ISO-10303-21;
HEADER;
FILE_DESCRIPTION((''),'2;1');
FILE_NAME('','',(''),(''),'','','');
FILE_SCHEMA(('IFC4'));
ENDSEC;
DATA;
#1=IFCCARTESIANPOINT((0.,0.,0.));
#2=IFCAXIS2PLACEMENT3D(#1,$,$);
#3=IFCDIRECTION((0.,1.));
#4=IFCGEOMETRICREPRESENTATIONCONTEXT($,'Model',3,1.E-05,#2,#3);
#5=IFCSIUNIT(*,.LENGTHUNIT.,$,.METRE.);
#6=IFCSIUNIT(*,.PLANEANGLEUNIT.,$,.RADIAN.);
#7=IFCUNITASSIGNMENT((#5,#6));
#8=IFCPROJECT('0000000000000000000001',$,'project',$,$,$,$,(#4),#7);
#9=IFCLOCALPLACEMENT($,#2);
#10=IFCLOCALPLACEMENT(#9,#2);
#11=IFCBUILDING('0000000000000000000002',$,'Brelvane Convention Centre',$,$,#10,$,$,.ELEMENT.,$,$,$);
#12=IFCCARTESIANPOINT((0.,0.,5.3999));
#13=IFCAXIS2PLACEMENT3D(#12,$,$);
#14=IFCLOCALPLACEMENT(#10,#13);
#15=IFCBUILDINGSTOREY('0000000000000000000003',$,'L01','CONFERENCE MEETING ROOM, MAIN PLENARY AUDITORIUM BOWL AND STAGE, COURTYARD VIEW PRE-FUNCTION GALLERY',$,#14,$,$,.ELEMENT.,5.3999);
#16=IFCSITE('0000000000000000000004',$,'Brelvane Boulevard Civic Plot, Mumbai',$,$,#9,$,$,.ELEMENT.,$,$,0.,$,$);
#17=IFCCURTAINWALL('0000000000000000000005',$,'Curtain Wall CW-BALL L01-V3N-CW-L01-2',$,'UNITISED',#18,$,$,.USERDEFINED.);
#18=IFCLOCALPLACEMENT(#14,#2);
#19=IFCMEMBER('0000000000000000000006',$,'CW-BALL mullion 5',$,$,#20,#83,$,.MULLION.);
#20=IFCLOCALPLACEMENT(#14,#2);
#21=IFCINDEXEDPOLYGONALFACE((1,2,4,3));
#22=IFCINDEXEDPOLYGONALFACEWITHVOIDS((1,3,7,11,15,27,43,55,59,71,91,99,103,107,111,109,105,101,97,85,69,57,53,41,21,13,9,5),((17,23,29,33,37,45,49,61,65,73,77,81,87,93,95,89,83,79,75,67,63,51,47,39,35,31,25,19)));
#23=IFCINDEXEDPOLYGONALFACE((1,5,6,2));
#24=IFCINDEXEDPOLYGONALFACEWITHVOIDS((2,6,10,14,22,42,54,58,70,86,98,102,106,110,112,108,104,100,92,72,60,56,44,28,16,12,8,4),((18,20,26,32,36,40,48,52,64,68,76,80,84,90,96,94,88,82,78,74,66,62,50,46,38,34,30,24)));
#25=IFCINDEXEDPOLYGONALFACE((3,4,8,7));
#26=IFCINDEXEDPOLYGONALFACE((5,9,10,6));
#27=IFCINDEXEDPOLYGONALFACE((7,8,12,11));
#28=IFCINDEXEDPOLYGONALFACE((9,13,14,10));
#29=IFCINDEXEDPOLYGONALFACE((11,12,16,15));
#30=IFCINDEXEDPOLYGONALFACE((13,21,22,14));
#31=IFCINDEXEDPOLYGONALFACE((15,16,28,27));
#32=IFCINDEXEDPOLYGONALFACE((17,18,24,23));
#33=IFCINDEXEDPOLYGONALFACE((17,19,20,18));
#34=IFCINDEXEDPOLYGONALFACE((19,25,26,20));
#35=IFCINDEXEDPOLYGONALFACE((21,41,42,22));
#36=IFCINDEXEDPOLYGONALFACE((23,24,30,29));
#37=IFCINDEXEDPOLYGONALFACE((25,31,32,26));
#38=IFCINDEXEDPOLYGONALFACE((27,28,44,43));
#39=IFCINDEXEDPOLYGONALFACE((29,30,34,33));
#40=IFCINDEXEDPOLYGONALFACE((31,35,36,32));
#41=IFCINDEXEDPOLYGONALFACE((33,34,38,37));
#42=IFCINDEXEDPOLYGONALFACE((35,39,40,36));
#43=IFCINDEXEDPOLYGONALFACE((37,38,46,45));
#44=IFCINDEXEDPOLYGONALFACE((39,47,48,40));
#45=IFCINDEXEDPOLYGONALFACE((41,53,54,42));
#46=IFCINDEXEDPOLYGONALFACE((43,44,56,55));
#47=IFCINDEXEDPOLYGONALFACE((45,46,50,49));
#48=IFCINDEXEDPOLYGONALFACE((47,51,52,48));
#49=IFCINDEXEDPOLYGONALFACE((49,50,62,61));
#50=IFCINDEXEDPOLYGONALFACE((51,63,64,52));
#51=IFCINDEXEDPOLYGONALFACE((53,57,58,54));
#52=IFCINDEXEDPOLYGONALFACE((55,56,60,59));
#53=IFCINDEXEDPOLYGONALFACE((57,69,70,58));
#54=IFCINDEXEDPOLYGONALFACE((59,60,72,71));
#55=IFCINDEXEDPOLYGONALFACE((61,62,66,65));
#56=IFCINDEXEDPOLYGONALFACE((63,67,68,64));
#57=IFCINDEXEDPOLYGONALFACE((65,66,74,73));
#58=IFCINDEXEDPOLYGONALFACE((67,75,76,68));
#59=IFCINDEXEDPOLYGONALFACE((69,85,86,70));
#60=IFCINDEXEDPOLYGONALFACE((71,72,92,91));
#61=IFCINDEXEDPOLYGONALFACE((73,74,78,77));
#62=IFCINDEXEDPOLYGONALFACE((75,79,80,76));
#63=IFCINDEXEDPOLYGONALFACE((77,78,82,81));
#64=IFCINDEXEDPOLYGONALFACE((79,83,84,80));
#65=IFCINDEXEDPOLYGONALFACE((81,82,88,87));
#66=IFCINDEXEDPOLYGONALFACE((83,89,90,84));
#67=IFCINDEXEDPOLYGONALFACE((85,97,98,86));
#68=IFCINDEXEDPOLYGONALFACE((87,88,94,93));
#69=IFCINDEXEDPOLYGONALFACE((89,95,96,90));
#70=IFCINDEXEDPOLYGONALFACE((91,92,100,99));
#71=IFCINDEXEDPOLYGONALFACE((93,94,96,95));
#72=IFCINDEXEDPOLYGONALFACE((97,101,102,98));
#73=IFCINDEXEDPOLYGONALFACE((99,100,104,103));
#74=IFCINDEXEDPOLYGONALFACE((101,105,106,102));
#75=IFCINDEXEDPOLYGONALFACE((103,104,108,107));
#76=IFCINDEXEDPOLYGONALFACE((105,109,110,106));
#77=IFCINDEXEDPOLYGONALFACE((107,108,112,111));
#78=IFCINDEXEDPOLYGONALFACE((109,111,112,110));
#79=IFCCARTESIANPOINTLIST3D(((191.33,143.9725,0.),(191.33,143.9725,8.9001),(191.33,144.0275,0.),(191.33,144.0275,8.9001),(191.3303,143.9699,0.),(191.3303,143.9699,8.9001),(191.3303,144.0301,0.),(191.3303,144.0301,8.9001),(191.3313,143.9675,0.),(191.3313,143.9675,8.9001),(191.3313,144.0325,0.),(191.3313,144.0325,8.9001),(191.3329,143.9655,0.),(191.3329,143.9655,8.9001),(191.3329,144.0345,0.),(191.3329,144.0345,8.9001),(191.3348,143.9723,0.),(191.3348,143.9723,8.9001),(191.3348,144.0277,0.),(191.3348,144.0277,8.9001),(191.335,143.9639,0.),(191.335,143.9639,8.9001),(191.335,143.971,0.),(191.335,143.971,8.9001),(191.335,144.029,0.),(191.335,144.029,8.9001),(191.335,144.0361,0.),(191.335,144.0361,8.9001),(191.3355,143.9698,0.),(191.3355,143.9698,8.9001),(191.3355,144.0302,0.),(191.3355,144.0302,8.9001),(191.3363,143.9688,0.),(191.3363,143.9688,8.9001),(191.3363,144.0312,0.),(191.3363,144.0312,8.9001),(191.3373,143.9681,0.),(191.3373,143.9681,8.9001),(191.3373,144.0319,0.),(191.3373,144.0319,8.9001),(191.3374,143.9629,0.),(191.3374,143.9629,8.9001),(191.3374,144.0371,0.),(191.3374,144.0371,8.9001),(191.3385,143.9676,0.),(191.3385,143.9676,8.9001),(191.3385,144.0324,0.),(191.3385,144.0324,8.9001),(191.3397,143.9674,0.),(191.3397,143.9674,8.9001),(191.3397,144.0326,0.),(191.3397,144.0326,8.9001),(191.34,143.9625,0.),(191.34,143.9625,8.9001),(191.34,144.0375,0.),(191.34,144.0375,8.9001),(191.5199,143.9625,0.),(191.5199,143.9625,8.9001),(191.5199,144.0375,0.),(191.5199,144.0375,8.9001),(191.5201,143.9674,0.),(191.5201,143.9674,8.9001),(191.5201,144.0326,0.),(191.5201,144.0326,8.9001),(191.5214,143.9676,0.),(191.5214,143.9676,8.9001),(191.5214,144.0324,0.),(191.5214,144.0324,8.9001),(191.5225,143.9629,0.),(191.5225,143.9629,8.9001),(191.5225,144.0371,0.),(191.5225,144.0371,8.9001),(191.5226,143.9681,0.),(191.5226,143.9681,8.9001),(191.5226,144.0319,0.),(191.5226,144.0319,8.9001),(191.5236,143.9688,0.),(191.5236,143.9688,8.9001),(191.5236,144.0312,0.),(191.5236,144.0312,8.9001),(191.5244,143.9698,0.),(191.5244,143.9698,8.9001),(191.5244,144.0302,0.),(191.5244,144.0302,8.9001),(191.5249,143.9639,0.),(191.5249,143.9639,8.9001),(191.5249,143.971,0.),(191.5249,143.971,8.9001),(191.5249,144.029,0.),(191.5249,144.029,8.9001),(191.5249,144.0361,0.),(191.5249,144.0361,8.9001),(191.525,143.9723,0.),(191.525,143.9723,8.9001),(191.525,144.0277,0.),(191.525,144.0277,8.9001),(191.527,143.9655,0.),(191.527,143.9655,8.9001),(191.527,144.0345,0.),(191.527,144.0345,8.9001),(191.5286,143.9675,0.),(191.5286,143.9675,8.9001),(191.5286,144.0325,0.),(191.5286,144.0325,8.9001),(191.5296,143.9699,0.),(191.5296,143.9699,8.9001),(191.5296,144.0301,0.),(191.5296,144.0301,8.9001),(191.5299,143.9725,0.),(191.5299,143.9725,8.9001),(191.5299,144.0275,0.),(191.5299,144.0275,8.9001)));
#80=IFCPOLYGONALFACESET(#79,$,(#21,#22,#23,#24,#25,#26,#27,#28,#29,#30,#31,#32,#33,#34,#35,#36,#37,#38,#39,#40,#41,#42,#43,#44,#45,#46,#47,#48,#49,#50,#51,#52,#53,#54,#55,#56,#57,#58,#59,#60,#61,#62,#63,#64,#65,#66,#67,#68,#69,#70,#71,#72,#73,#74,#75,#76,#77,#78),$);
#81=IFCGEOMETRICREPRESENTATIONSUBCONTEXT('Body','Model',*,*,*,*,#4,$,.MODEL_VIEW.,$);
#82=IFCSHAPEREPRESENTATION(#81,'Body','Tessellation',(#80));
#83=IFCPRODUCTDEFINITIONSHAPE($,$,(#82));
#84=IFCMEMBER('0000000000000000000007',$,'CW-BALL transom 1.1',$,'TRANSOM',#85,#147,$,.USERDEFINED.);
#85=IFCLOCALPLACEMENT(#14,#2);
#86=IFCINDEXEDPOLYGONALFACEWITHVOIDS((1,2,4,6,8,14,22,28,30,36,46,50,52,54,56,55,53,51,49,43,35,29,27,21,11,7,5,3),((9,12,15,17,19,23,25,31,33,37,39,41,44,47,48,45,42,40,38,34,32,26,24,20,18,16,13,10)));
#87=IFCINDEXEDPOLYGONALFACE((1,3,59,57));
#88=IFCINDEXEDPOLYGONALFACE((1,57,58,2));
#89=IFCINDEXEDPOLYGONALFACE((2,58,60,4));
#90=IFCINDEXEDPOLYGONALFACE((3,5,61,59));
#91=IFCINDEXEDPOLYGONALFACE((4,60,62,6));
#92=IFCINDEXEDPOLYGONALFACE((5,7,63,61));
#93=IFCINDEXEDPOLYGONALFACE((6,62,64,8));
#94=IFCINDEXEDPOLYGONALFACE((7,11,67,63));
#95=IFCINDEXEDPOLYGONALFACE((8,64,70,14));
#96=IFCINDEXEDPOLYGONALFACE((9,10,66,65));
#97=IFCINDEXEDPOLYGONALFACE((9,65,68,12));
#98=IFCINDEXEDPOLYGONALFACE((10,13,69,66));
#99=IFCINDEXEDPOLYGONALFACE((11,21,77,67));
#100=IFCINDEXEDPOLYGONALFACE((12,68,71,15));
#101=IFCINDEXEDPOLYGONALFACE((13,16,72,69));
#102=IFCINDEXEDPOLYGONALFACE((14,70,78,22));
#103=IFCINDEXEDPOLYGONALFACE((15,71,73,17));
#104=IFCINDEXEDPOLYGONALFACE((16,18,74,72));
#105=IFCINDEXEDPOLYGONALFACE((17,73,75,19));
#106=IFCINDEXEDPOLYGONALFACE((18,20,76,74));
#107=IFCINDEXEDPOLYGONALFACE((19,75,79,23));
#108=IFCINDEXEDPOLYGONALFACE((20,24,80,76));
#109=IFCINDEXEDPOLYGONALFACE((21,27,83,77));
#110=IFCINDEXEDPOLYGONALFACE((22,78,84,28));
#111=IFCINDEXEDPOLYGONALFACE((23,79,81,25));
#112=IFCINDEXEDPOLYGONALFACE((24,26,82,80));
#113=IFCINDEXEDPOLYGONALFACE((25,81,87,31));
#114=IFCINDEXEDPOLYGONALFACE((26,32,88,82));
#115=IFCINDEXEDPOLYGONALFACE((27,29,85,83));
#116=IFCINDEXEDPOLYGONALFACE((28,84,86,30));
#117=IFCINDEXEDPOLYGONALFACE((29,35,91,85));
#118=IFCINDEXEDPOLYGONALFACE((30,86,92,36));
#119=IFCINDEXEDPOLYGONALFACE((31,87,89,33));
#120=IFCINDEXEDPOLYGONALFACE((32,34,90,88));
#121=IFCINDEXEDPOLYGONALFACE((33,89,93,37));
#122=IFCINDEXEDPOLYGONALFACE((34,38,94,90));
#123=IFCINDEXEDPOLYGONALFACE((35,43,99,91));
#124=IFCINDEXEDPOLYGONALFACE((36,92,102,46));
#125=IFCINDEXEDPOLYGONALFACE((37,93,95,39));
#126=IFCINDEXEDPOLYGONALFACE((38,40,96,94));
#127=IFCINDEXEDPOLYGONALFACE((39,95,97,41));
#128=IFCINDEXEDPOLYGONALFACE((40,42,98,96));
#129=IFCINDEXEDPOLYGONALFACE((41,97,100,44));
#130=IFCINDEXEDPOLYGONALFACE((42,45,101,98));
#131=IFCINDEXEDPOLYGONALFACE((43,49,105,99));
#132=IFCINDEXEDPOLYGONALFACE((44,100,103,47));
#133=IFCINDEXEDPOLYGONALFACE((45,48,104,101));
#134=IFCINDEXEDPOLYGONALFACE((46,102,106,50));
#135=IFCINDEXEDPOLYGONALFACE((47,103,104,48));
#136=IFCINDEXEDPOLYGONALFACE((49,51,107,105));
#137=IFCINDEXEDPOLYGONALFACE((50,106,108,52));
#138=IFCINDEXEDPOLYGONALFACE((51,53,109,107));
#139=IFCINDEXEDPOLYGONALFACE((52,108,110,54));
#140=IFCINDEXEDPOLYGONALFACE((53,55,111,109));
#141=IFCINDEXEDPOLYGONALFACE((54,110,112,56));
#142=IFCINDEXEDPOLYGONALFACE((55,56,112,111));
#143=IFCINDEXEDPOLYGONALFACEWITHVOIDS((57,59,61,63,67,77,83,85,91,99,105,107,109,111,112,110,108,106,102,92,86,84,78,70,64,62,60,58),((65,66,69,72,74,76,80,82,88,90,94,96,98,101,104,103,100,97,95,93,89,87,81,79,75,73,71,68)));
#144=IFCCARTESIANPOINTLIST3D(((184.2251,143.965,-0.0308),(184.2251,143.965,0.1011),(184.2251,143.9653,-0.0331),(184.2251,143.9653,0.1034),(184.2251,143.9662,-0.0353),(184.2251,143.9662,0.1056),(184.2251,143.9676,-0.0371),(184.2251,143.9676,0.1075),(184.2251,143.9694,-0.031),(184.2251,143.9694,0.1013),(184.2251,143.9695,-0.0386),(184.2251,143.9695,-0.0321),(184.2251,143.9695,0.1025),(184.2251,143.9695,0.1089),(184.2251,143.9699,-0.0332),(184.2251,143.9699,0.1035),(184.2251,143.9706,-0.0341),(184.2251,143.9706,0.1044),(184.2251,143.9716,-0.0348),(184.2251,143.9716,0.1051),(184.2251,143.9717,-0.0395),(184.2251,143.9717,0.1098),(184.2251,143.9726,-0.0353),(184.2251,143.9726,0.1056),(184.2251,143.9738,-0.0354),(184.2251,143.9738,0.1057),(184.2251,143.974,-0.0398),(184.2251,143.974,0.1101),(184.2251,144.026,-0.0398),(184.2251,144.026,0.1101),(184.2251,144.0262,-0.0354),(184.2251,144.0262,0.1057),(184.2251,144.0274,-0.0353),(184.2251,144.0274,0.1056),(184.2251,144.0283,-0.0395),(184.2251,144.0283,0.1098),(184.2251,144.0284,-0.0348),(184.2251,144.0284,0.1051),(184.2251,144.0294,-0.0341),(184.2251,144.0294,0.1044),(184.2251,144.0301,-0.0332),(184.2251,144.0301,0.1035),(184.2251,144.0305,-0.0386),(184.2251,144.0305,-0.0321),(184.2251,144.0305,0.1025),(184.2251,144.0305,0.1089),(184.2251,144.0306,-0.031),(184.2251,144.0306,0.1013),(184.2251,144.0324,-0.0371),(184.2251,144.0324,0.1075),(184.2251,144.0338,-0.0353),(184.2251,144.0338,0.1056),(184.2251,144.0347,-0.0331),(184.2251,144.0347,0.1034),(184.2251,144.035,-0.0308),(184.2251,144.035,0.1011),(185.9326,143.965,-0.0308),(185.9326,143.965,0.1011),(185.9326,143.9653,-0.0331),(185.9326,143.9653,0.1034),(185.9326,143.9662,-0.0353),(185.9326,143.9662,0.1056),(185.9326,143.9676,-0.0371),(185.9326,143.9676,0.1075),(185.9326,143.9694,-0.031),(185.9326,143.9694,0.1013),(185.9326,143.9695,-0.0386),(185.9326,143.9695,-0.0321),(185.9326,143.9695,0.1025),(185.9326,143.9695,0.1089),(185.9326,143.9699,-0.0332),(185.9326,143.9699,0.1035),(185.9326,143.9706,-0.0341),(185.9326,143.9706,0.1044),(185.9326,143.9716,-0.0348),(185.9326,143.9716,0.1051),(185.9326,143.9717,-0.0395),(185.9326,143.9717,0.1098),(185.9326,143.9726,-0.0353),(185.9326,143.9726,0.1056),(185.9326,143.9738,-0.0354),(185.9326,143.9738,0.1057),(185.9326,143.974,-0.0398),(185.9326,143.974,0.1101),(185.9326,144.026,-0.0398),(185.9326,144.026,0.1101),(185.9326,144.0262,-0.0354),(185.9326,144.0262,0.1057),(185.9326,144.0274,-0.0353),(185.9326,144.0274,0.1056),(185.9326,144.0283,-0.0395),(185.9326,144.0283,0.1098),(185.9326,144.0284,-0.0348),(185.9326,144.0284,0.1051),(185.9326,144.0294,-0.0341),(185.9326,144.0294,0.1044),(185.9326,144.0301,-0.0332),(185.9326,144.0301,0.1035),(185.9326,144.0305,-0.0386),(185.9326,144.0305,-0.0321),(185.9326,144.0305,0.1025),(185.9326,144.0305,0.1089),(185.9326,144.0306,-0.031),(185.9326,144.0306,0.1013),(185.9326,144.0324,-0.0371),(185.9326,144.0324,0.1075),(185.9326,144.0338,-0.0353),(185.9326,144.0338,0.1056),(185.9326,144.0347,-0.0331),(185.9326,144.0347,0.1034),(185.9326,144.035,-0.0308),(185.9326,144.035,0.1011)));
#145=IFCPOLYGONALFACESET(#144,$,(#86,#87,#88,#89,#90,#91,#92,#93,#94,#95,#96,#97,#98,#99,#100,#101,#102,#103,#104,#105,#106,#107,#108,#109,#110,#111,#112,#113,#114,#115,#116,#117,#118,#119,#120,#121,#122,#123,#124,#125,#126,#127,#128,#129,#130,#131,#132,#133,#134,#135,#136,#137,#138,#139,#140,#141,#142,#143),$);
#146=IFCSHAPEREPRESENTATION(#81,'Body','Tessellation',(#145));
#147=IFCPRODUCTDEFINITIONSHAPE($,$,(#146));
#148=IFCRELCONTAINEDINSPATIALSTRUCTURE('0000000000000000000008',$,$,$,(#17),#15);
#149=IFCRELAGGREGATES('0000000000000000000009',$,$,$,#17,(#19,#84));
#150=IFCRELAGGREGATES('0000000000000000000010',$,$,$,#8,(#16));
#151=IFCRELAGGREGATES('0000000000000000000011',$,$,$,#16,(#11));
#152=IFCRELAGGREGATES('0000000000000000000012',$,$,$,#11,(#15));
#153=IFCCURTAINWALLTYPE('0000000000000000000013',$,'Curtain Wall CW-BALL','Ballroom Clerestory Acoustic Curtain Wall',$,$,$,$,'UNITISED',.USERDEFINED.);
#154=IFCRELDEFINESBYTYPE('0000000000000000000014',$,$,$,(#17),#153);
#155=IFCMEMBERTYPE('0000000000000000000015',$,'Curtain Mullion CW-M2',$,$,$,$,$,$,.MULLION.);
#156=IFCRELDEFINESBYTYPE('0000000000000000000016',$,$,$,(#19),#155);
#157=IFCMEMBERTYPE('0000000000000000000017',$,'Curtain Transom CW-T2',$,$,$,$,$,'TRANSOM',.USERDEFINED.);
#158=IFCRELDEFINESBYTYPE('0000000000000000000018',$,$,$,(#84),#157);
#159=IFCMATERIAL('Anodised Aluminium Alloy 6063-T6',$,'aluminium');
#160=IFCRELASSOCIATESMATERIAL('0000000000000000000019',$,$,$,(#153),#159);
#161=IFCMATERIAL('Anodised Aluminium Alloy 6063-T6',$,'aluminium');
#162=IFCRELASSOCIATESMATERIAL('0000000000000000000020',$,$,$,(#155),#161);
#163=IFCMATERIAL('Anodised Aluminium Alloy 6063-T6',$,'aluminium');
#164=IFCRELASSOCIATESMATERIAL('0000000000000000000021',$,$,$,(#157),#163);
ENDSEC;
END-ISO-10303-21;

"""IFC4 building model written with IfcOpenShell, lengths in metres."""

from ifc_helpers import new_model, si_unit, direction, frame, origin, origin_2d, place, context, subcontext, project, spatial, hollow_rectangle, extrude, material, material_profile, profile_set, type_object, element, aggregate, save


model = new_model("IFC4")

# Units and contexts
model_context = context("Model", 3, precision=1e-05, world=origin(), true_north=direction((0.0, 1.0)))
body_context = subcontext(model_context, "Body", "Model", "MODEL_VIEW")
ifc_project = project(units=[si_unit("LENGTHUNIT", "METRE"), si_unit("PLANEANGLEUNIT", "RADIAN")], contexts=[model_context])

# Site, building, storey
site_placement = place(None, origin())
site = spatial("IfcSite", under=ifc_project, at=site_placement, Name="Brelvane Boulevard Civic Plot, Mumbai", CompositionType="ELEMENT", RefElevation=0.0)
building_placement = place(site_placement, origin())
building = spatial("IfcBuilding", under=site, at=building_placement, Name="Brelvane Convention Centre", CompositionType="ELEMENT")
storey_placement = place(building_placement, frame((0.0, 0.0, 5.3999)))
storey = spatial("IfcBuildingStorey", under=building, at=storey_placement, Name="L01", Description="CONFERENCE MEETING ROOM, MAIN PLENARY AUDITORIUM BOWL AND STAGE, COURTYARD VIEW PRE-FUNCTION GALLERY", CompositionType="ELEMENT", Elevation=5.3999)

# Curtain wall, members
ifc_material_1 = material(Name="Anodised Aluminium Alloy 6063-T6", Category="aluminium")
curtain_wall_type = type_object("IfcCurtainWallType", Name="Curtain Wall CW-BALL", Description="Ballroom Clerestory Acoustic Curtain Wall", ElementType="UNITISED", PredefinedType="USERDEFINED", material=ifc_material_1)
curtain_wall_placement = place(storey_placement, origin())
curtain_wall = element("IfcCurtainWall", 1, at=curtain_wall_placement, inside=storey, type_object=curtain_wall_type, Name="Curtain Wall CW-BALL L01-V3N-CW-L01-2", ObjectType="UNITISED", PredefinedType="USERDEFINED")
ifc_material_2 = material(Name="Anodised Aluminium Alloy 6063-T6", Category="aluminium")
ifc_material_profile_1 = material_profile(ifc_material_2, hollow_rectangle(XDim=0.075, YDim=0.2, WallThickness=0.0049, InnerFilletRadius=0.0049, OuterFilletRadius=0.01, at=origin_2d()), Name="ALU-M 200x75x5.0")
ifc_profile_set_1 = profile_set([ifc_material_profile_1], Name="Anodised Aluminium Alloy 6063-T6")
member_type_1 = type_object("IfcMemberType", Name="Curtain Mullion CW-M2", PredefinedType="MULLION", material=ifc_profile_set_1)
member_1_placement = place(storey_placement, frame((191.4299, 144.0, 0.0), z_axis=(0.0, 0.0, 1.0), x_axis=(0.0, 1.0, 0.0)))
member_1 = element("IfcMember", 2, at=member_1_placement, type_object=member_type_1, Name="CW-BALL mullion 5", PredefinedType="MULLION", context=body_context, shape_type="SweptSolid", body=[
    extrude(hollow_rectangle(XDim=0.075, YDim=0.2, WallThickness=0.0049, InnerFilletRadius=0.0049, OuterFilletRadius=0.01, at=origin_2d()), origin(), (0.0, 0.0, 1.0), 8.9001),
])
ifc_material_3 = material(Name="Anodised Aluminium Alloy 6063-T6", Category="aluminium")
ifc_material_profile_2 = material_profile(ifc_material_3, hollow_rectangle(XDim=0.0701, YDim=0.1499, WallThickness=0.0044, InnerFilletRadius=0.0044, OuterFilletRadius=0.009, at=origin_2d()), Name="ALU-T 150x70x4.5")
ifc_profile_set_2 = profile_set([ifc_material_profile_2], Name="Anodised Aluminium Alloy 6063-T6")
member_type_2 = type_object("IfcMemberType", Name="Curtain Transom CW-T2", ElementType="TRANSOM", PredefinedType="USERDEFINED", material=ifc_profile_set_2)
member_2_placement = place(storey_placement, frame((184.2251, 144.0, 0.0352), z_axis=(1.0, 0.0, 0.0), x_axis=(0.0, 1.0, 0.0)))
member_2 = element("IfcMember", 3, at=member_2_placement, type_object=member_type_2, Name="CW-BALL transom 1.1", ObjectType="TRANSOM", PredefinedType="USERDEFINED", context=body_context, shape_type="SweptSolid", body=[
    extrude(hollow_rectangle(XDim=0.0701, YDim=0.1499, WallThickness=0.0044, InnerFilletRadius=0.0044, OuterFilletRadius=0.009, at=origin_2d()), origin(), (0.0, 0.0, 1.0), 1.7075),
])
aggregate(curtain_wall, [member_1, member_2])

save(model, "model.ifc")
